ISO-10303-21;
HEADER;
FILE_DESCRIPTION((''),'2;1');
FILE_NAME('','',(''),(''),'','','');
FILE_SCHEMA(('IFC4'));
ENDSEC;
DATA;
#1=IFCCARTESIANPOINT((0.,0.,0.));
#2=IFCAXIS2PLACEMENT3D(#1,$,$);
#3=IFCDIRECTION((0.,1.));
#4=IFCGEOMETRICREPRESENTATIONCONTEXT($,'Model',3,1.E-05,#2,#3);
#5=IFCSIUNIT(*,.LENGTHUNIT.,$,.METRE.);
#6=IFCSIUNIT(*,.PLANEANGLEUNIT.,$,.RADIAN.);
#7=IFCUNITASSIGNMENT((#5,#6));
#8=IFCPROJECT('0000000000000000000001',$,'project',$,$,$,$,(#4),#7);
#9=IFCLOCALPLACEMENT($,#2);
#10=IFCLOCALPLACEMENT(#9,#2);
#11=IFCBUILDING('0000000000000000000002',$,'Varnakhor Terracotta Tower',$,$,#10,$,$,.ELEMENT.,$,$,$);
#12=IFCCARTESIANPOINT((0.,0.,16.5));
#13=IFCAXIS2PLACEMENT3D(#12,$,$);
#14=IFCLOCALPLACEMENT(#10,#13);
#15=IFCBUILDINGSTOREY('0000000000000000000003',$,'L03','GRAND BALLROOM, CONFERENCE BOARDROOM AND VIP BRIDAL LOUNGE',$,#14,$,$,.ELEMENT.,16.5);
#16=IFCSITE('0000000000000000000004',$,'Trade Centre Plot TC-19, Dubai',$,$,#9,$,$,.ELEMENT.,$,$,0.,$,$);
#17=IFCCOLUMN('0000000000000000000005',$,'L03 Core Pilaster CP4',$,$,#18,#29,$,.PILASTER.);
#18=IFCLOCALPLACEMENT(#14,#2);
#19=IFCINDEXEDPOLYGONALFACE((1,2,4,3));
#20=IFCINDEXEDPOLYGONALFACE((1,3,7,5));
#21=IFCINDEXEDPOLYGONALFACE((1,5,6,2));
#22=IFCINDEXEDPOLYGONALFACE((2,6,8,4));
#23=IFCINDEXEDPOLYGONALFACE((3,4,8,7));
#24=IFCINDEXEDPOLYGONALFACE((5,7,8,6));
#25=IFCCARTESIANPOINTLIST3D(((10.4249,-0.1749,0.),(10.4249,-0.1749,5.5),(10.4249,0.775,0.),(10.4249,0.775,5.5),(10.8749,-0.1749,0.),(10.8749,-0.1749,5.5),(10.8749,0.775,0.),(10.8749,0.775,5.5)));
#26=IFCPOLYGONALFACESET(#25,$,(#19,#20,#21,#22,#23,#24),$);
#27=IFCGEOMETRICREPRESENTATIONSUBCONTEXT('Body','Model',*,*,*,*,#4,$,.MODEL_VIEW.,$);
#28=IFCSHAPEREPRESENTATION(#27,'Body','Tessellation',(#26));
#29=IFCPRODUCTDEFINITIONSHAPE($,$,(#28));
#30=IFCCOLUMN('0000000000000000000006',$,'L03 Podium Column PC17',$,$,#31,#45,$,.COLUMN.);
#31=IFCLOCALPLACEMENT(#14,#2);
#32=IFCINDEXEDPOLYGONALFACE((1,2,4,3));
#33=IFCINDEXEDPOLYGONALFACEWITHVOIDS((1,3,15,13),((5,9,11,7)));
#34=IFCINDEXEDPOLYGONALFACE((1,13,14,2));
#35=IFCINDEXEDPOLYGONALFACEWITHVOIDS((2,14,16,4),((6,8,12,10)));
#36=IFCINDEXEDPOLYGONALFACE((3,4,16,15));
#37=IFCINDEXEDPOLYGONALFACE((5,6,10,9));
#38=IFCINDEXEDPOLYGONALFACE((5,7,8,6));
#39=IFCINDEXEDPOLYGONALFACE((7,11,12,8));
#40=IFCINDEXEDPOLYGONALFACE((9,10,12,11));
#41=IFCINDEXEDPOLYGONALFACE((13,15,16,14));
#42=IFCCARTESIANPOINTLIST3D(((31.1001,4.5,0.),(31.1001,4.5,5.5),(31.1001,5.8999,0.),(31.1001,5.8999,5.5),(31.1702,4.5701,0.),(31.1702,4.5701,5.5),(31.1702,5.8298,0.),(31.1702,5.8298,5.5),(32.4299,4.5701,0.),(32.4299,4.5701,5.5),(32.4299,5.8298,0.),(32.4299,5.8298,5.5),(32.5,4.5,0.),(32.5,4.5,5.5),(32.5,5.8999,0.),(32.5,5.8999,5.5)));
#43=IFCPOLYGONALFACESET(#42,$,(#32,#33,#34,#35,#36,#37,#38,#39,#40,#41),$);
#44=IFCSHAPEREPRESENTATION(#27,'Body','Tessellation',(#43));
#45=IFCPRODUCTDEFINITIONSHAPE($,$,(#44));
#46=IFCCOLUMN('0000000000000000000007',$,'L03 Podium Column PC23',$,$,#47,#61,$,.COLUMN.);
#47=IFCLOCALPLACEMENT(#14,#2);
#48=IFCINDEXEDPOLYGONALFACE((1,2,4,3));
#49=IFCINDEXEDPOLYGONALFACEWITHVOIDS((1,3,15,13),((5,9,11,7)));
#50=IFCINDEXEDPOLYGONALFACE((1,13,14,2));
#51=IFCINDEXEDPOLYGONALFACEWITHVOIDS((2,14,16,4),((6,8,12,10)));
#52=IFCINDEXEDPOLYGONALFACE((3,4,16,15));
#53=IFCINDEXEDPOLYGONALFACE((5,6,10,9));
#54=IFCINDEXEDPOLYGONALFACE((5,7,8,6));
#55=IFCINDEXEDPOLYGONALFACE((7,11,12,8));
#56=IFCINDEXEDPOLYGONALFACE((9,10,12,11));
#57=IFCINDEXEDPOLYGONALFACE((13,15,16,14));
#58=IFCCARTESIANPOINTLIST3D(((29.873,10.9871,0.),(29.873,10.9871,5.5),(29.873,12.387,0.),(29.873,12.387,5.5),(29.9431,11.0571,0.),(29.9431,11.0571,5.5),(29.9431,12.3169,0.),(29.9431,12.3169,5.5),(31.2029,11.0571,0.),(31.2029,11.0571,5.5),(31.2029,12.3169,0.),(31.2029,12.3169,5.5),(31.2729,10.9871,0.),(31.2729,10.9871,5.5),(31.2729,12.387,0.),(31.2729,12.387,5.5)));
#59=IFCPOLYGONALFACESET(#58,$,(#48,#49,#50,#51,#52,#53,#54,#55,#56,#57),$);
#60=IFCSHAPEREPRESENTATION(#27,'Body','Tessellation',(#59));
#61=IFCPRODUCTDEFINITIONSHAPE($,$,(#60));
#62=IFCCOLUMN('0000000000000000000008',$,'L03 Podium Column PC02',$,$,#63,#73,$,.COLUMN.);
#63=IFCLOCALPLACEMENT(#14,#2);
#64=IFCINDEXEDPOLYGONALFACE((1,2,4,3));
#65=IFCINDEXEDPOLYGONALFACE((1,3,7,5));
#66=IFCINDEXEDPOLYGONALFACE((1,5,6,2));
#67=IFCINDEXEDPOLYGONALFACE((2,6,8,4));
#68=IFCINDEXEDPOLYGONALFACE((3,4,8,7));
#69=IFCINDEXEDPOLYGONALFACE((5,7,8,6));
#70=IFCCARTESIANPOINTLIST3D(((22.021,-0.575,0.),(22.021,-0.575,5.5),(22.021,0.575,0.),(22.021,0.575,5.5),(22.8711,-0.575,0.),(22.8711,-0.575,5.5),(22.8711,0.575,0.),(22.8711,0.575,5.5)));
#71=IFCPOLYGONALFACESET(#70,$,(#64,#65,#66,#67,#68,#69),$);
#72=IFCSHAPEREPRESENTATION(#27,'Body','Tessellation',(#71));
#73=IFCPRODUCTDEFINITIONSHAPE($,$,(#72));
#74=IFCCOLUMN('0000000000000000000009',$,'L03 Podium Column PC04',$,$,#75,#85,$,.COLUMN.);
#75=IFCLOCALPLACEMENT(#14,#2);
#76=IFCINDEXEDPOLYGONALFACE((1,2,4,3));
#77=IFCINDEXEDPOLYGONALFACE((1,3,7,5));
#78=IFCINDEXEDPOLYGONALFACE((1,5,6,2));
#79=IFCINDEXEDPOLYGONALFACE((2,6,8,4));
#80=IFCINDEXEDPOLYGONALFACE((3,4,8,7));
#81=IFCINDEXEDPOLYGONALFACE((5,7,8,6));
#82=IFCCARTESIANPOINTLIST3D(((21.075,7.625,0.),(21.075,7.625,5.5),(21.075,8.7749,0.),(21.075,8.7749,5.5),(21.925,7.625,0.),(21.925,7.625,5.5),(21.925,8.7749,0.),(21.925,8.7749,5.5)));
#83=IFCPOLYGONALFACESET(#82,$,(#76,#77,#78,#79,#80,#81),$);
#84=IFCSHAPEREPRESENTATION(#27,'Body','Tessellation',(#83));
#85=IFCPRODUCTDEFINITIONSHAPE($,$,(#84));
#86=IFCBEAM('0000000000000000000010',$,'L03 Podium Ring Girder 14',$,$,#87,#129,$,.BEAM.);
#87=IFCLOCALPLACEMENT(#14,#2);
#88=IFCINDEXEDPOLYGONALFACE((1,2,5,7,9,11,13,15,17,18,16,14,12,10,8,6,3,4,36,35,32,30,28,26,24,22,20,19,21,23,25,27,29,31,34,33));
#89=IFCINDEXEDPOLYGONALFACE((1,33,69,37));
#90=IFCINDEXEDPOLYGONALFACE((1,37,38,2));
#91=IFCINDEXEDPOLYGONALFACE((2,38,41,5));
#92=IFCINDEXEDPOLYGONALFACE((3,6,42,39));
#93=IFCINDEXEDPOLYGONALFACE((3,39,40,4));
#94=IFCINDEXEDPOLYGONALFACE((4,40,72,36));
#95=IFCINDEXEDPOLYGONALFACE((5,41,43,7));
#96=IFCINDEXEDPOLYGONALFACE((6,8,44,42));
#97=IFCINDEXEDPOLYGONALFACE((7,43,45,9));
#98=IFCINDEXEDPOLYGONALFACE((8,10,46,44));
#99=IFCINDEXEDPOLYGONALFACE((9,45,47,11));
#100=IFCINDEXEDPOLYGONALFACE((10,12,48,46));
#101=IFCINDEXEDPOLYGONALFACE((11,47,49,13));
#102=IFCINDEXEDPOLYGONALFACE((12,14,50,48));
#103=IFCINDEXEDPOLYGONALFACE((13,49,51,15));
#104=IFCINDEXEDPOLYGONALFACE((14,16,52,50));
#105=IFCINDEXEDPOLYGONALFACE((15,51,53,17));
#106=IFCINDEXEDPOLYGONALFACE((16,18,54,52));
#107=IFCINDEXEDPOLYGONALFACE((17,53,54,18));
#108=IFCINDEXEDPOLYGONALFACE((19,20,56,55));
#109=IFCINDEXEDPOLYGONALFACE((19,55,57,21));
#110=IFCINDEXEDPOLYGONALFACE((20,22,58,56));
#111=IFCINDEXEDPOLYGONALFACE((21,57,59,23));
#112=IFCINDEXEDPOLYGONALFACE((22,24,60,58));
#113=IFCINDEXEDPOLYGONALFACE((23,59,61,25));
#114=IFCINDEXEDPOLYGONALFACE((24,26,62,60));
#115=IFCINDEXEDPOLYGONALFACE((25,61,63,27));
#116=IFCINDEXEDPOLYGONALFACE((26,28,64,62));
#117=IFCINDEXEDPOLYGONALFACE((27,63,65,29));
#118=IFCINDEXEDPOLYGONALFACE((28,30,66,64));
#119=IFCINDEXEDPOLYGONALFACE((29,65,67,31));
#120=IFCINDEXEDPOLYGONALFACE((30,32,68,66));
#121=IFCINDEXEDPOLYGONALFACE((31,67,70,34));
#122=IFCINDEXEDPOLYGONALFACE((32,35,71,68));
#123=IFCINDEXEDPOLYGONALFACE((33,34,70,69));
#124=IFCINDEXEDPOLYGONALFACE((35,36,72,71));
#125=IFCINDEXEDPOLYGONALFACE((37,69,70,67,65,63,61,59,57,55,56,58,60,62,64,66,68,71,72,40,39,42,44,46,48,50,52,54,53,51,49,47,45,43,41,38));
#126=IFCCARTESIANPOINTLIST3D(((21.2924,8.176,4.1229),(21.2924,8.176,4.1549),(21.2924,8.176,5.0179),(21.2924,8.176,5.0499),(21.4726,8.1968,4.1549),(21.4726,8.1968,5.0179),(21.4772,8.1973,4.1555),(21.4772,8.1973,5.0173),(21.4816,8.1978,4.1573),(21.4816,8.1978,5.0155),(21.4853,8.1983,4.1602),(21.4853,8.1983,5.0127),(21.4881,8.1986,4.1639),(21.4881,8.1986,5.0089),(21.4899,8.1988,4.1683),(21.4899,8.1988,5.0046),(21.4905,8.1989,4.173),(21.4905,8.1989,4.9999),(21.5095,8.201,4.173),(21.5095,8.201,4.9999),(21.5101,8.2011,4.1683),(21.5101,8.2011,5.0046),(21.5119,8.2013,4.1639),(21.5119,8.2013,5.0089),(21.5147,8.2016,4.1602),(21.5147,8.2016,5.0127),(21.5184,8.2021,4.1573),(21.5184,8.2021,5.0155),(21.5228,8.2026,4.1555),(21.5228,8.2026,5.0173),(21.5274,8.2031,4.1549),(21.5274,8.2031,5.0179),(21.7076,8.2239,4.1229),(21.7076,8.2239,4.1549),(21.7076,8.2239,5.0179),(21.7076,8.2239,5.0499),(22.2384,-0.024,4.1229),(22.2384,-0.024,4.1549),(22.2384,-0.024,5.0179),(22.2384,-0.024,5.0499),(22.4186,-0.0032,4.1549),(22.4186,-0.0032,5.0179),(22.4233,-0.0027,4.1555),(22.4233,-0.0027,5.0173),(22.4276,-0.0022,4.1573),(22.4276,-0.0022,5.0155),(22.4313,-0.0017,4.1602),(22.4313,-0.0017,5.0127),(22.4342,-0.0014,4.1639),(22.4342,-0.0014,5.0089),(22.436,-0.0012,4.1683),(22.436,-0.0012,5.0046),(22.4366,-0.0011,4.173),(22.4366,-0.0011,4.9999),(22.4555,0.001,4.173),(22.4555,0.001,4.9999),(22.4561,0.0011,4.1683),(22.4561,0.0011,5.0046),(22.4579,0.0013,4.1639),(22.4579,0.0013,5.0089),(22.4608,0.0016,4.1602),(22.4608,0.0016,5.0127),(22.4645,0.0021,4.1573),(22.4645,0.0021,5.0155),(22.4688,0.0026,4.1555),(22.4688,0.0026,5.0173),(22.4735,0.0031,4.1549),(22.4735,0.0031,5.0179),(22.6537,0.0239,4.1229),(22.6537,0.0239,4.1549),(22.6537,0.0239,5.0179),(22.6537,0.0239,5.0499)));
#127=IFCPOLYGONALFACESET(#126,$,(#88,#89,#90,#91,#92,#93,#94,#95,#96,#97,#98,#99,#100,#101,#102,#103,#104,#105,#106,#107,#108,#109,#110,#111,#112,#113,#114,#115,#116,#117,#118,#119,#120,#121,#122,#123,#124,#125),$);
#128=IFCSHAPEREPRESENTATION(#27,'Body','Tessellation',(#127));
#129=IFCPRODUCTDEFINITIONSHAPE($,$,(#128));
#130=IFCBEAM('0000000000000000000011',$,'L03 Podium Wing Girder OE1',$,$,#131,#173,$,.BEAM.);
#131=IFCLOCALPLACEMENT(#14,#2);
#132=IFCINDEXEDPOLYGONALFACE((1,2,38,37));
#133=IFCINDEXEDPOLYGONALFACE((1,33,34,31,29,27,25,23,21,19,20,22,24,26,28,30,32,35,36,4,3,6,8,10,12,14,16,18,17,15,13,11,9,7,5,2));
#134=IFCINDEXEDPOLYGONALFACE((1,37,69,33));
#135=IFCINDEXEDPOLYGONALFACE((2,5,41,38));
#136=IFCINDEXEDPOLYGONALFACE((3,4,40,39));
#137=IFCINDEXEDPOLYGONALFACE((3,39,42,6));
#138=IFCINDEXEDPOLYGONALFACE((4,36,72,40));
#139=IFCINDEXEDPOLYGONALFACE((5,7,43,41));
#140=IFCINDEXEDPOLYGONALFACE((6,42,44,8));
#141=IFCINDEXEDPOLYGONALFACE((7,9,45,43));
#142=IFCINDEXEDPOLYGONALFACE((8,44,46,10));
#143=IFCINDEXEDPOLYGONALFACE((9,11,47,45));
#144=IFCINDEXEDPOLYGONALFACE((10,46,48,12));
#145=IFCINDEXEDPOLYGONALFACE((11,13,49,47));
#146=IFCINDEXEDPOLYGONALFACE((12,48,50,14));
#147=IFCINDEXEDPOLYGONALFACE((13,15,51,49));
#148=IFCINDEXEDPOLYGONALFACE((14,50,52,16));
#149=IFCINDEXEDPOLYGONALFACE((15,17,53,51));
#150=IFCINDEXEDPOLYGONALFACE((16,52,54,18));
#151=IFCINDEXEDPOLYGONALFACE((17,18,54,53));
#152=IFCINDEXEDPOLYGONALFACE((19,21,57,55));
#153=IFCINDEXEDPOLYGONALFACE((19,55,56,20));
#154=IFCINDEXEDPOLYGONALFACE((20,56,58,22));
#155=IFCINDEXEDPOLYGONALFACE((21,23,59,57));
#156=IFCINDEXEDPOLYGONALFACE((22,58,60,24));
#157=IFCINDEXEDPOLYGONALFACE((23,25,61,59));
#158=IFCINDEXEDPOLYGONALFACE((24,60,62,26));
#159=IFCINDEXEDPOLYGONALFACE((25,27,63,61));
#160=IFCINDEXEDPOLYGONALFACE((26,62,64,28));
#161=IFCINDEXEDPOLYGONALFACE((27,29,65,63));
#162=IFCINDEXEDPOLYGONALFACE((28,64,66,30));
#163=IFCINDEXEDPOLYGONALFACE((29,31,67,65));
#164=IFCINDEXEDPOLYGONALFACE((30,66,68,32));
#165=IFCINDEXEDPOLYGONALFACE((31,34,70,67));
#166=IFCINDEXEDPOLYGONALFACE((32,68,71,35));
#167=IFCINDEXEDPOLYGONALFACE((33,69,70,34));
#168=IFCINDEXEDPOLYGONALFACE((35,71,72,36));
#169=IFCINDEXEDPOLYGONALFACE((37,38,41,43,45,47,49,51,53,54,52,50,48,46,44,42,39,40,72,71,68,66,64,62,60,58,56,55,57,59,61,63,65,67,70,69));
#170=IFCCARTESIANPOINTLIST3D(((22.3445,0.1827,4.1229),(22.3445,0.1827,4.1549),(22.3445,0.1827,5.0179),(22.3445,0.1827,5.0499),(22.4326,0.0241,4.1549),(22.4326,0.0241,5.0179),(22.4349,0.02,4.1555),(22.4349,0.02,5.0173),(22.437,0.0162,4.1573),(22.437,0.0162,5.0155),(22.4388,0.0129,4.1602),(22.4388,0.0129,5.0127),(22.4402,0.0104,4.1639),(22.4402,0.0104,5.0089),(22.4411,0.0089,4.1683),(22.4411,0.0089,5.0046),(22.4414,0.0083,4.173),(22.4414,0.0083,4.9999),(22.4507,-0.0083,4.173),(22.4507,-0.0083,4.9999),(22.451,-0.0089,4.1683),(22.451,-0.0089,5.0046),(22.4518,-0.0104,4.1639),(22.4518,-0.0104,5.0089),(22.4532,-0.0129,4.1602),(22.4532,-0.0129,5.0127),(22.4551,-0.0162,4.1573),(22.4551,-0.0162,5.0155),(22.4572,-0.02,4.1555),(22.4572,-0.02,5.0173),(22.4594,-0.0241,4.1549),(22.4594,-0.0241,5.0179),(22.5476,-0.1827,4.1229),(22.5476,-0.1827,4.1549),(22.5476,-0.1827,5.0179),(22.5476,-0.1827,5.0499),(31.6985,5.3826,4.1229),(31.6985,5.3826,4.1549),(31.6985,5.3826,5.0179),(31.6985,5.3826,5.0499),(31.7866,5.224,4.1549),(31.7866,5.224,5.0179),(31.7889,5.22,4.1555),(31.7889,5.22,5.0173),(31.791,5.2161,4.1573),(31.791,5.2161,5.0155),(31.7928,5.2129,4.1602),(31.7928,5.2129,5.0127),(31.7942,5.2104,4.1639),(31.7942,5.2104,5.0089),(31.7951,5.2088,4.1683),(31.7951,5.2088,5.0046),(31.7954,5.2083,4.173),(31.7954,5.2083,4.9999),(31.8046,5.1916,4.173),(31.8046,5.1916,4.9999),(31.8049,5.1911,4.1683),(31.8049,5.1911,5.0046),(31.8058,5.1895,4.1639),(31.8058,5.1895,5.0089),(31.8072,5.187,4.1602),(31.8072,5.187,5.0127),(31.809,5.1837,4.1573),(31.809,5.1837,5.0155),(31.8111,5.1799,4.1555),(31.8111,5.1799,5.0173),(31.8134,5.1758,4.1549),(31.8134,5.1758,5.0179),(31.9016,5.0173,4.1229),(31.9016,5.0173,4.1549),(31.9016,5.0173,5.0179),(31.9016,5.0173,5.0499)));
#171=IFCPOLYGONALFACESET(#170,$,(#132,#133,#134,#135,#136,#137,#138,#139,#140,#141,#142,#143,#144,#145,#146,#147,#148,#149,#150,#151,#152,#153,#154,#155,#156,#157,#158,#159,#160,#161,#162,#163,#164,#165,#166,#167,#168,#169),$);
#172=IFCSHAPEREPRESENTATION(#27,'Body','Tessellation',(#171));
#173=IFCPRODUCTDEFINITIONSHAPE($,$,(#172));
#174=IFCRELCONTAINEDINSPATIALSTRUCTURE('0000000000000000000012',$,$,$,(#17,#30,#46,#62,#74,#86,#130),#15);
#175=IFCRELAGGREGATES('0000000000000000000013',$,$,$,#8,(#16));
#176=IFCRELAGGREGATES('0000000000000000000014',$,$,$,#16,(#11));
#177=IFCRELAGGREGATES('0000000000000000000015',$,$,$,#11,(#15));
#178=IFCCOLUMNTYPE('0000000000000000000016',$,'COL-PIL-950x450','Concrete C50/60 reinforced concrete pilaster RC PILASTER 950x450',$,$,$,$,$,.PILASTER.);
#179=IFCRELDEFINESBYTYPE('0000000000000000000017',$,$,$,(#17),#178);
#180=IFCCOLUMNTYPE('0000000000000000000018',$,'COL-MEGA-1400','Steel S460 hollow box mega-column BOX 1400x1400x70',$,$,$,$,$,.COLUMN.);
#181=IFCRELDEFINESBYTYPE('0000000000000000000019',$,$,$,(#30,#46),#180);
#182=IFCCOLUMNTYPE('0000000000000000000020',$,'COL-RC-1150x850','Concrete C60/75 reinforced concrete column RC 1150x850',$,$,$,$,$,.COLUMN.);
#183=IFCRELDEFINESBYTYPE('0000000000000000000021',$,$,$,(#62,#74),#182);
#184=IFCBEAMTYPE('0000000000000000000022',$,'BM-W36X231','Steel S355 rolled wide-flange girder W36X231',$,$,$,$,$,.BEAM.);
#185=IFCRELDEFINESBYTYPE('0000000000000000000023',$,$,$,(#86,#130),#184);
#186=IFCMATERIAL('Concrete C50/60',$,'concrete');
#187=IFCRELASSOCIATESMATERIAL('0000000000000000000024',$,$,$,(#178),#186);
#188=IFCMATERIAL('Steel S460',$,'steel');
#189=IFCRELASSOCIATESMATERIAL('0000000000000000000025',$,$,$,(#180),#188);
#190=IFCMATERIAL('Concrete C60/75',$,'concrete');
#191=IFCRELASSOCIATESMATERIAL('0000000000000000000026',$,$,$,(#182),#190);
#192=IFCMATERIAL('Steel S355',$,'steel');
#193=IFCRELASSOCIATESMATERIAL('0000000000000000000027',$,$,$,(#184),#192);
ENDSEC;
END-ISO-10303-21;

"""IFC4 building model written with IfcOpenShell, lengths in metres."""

from ifc_helpers import new_model, si_unit, direction, frame, origin, origin_2d, place, context, subcontext, project, spatial, rectangle, hollow_rectangle, i_section, extrude, source, transform, mapped, material, material_profile, profile_set, type_object, type_shapes, element, save


model = new_model("IFC4")

# Units and contexts
model_context = context("Model", 3, precision=1e-05, world=origin(), true_north=direction((0.0, 1.0)))
body_context = subcontext(model_context, "Body", "Model", "MODEL_VIEW")
ifc_project = project(units=[si_unit("LENGTHUNIT", "METRE"), si_unit("PLANEANGLEUNIT", "RADIAN")], contexts=[model_context])

# Site, building, storey
site_placement = place(None, origin())
site = spatial("IfcSite", under=ifc_project, at=site_placement, Name="Trade Centre Plot TC-19, Dubai", CompositionType="ELEMENT", RefElevation=0.0)
building_placement = place(site_placement, origin())
building = spatial("IfcBuilding", under=site, at=building_placement, Name="Varnakhor Terracotta Tower", CompositionType="ELEMENT")
storey_placement = place(building_placement, frame((0.0, 0.0, 16.5)))
storey = spatial("IfcBuildingStorey", under=building, at=storey_placement, Name="L03", Description="GRAND BALLROOM, CONFERENCE BOARDROOM AND VIP BRIDAL LOUNGE", CompositionType="ELEMENT", Elevation=16.5)

# Columns
ifc_material_1 = material(Name="Concrete C50/60", Category="concrete")
ifc_material_profile_1 = material_profile(ifc_material_1, rectangle(XDim=0.45, YDim=0.95, at=origin_2d()), Name="RC PILASTER 950x450")
ifc_profile_set_1 = profile_set([ifc_material_profile_1], Name="Concrete C50/60")
column_type_1 = type_object("IfcColumnType", Name="COL-PIL-950x450", Description="Concrete C50/60 reinforced concrete pilaster RC PILASTER 950x450", PredefinedType="PILASTER", material=ifc_profile_set_1)
shared_shape_1 = source(origin(), body_context, "Body", "SweptSolid", [
    extrude(rectangle(XDim=0.45, YDim=0.95, at=origin_2d()), origin(), (0.0, 0.0, 1.0), 5.5),
])
column_placement = place(storey_placement, frame((10.6499, 0.3, 0.0), z_axis=(0.0, 0.0, 1.0), x_axis=(1.0, 0.0, 0.0)))
element("IfcColumn", 1, at=column_placement, inside=storey, type_object=column_type_1, Name="L03 Core Pilaster CP4", PredefinedType="PILASTER", context=body_context, shape_type="MappedRepresentation", body=[
    mapped(shared_shape_1, transform((0.0, 0.0, 0.0), scale=1.0)),
])
ifc_material_2 = material(Name="Steel S460", Category="steel")
ifc_material_profile_2 = material_profile(ifc_material_2, hollow_rectangle(XDim=1.3999, YDim=1.3999, WallThickness=0.0701, at=origin_2d()), Name="BOX 1400x1400x70")
ifc_profile_set_2 = profile_set([ifc_material_profile_2], Name="Steel S460")
column_type_2 = type_object("IfcColumnType", Name="COL-MEGA-1400", Description="Steel S460 hollow box mega-column BOX 1400x1400x70", PredefinedType="COLUMN", material=ifc_profile_set_2)
shared_shape_2 = source(origin(), body_context, "Body", "SweptSolid", [
    extrude(hollow_rectangle(XDim=1.3999, YDim=1.3999, WallThickness=0.0701, at=origin_2d()), origin(), (0.0, 0.0, 1.0), 5.5),
])
for number, where, z_axis, x_axis, name in (
    (2, (31.8, 5.2, 0.0), (0.0, 0.0, 1.0), (1.0, 0.0, 0.0), "L03 Podium Column PC17"),
    (3, (30.573, 11.687, 0.0), (0.0, 0.0, 1.0), (1.0, 0.0, 0.0), "L03 Podium Column PC23"),
):
    element("IfcColumn", number, at=place(storey_placement, frame(where, z_axis=z_axis, x_axis=x_axis)), inside=storey, type_object=column_type_2, Name=name, PredefinedType="COLUMN", context=body_context, shape_type="MappedRepresentation", body=[
        mapped(shared_shape_2, transform((0.0, 0.0, 0.0), scale=1.0)),
    ])
ifc_material_3 = material(Name="Concrete C60/75", Category="concrete")
ifc_material_profile_3 = material_profile(ifc_material_3, rectangle(XDim=0.8501, YDim=1.1499, at=origin_2d()), Name="RC 1150x850")
ifc_profile_set_3 = profile_set([ifc_material_profile_3], Name="Concrete C60/75")
column_type_3 = type_object("IfcColumnType", Name="COL-RC-1150x850", Description="Concrete C60/75 reinforced concrete column RC 1150x850", PredefinedType="COLUMN", material=ifc_profile_set_3)
shared_shape_3 = source(origin(), body_context, "Body", "SweptSolid", [
    extrude(rectangle(XDim=0.8501, YDim=1.1499, at=origin_2d()), origin(), (0.0, 0.0, 1.0), 5.5),
])
for number, where, z_axis, x_axis, name in (
    (4, (22.446, 0.0, 0.0), (0.0, 0.0, 1.0), (1.0, 0.0, 0.0), "L03 Podium Column PC02"),
    (5, (21.5, 8.2, 0.0), (0.0, 0.0, 1.0), (1.0, 0.0, 0.0), "L03 Podium Column PC04"),
):
    element("IfcColumn", number, at=place(storey_placement, frame(where, z_axis=z_axis, x_axis=x_axis)), inside=storey, type_object=column_type_3, Name=name, PredefinedType="COLUMN", context=body_context, shape_type="MappedRepresentation", body=[
        mapped(shared_shape_3, transform((0.0, 0.0, 0.0), scale=1.0)),
    ])

# Beams
ifc_material_4 = material(Name="Steel S355", Category="steel")
ifc_material_profile_4 = material_profile(ifc_material_4, i_section(OverallWidth=0.418, OverallDepth=0.927, WebThickness=0.019, FlangeThickness=0.032, FilletRadius=0.0181, at=origin_2d()), Name="W36X231")
ifc_profile_set_4 = profile_set([ifc_material_profile_4], Name="Steel S355")
beam_type_1 = type_object("IfcBeamType", Name="BM-W36X231", Description="Steel S355 rolled wide-flange girder W36X231", PredefinedType="BEAM", material=ifc_profile_set_4)
shared_shape_4 = source(origin(), body_context, "Body", "SweptSolid", [
    extrude(i_section(OverallWidth=0.418, OverallDepth=0.927, WebThickness=0.019, FlangeThickness=0.032, FilletRadius=0.0181, at=origin_2d()), origin(), (0.0, 0.0, 1.0), 8.2544),
])
type_shapes(beam_type_1, [shared_shape_4])
beam_1_placement = place(storey_placement, frame((21.5, 8.2, 4.5864), z_axis=(0.114612, -0.99341, 0.0), x_axis=(0.99341, 0.114612, 0.0)))
element("IfcBeam", 6, at=beam_1_placement, inside=storey, type_object=beam_type_1, Name="L03 Podium Ring Girder 14", PredefinedType="BEAM", context=body_context, shape_type="MappedRepresentation", body=[
    mapped(shared_shape_4, transform((0.0, 0.0, 0.0), scale=1.0)),
])
shared_shape_5 = source(origin(), body_context, "Body", "SweptSolid", [
    extrude(i_section(OverallWidth=0.418, OverallDepth=0.927, WebThickness=0.019, FlangeThickness=0.032, FilletRadius=0.0181, at=origin_2d()), origin(), (0.0, 0.0, 1.0), 10.7021),
])
beam_2_placement = place(storey_placement, frame((22.446, 0.0, 4.5864), z_axis=(0.874027, 0.485877, 0.0), x_axis=(-0.485877, 0.874027, 0.0)))
element("IfcBeam", 7, at=beam_2_placement, inside=storey, type_object=beam_type_1, Name="L03 Podium Wing Girder OE1", PredefinedType="BEAM", context=body_context, shape_type="MappedRepresentation", body=[
    mapped(shared_shape_5, transform((0.0, 0.0, 0.0), scale=1.0)),
])

save(model, "model.ifc")
